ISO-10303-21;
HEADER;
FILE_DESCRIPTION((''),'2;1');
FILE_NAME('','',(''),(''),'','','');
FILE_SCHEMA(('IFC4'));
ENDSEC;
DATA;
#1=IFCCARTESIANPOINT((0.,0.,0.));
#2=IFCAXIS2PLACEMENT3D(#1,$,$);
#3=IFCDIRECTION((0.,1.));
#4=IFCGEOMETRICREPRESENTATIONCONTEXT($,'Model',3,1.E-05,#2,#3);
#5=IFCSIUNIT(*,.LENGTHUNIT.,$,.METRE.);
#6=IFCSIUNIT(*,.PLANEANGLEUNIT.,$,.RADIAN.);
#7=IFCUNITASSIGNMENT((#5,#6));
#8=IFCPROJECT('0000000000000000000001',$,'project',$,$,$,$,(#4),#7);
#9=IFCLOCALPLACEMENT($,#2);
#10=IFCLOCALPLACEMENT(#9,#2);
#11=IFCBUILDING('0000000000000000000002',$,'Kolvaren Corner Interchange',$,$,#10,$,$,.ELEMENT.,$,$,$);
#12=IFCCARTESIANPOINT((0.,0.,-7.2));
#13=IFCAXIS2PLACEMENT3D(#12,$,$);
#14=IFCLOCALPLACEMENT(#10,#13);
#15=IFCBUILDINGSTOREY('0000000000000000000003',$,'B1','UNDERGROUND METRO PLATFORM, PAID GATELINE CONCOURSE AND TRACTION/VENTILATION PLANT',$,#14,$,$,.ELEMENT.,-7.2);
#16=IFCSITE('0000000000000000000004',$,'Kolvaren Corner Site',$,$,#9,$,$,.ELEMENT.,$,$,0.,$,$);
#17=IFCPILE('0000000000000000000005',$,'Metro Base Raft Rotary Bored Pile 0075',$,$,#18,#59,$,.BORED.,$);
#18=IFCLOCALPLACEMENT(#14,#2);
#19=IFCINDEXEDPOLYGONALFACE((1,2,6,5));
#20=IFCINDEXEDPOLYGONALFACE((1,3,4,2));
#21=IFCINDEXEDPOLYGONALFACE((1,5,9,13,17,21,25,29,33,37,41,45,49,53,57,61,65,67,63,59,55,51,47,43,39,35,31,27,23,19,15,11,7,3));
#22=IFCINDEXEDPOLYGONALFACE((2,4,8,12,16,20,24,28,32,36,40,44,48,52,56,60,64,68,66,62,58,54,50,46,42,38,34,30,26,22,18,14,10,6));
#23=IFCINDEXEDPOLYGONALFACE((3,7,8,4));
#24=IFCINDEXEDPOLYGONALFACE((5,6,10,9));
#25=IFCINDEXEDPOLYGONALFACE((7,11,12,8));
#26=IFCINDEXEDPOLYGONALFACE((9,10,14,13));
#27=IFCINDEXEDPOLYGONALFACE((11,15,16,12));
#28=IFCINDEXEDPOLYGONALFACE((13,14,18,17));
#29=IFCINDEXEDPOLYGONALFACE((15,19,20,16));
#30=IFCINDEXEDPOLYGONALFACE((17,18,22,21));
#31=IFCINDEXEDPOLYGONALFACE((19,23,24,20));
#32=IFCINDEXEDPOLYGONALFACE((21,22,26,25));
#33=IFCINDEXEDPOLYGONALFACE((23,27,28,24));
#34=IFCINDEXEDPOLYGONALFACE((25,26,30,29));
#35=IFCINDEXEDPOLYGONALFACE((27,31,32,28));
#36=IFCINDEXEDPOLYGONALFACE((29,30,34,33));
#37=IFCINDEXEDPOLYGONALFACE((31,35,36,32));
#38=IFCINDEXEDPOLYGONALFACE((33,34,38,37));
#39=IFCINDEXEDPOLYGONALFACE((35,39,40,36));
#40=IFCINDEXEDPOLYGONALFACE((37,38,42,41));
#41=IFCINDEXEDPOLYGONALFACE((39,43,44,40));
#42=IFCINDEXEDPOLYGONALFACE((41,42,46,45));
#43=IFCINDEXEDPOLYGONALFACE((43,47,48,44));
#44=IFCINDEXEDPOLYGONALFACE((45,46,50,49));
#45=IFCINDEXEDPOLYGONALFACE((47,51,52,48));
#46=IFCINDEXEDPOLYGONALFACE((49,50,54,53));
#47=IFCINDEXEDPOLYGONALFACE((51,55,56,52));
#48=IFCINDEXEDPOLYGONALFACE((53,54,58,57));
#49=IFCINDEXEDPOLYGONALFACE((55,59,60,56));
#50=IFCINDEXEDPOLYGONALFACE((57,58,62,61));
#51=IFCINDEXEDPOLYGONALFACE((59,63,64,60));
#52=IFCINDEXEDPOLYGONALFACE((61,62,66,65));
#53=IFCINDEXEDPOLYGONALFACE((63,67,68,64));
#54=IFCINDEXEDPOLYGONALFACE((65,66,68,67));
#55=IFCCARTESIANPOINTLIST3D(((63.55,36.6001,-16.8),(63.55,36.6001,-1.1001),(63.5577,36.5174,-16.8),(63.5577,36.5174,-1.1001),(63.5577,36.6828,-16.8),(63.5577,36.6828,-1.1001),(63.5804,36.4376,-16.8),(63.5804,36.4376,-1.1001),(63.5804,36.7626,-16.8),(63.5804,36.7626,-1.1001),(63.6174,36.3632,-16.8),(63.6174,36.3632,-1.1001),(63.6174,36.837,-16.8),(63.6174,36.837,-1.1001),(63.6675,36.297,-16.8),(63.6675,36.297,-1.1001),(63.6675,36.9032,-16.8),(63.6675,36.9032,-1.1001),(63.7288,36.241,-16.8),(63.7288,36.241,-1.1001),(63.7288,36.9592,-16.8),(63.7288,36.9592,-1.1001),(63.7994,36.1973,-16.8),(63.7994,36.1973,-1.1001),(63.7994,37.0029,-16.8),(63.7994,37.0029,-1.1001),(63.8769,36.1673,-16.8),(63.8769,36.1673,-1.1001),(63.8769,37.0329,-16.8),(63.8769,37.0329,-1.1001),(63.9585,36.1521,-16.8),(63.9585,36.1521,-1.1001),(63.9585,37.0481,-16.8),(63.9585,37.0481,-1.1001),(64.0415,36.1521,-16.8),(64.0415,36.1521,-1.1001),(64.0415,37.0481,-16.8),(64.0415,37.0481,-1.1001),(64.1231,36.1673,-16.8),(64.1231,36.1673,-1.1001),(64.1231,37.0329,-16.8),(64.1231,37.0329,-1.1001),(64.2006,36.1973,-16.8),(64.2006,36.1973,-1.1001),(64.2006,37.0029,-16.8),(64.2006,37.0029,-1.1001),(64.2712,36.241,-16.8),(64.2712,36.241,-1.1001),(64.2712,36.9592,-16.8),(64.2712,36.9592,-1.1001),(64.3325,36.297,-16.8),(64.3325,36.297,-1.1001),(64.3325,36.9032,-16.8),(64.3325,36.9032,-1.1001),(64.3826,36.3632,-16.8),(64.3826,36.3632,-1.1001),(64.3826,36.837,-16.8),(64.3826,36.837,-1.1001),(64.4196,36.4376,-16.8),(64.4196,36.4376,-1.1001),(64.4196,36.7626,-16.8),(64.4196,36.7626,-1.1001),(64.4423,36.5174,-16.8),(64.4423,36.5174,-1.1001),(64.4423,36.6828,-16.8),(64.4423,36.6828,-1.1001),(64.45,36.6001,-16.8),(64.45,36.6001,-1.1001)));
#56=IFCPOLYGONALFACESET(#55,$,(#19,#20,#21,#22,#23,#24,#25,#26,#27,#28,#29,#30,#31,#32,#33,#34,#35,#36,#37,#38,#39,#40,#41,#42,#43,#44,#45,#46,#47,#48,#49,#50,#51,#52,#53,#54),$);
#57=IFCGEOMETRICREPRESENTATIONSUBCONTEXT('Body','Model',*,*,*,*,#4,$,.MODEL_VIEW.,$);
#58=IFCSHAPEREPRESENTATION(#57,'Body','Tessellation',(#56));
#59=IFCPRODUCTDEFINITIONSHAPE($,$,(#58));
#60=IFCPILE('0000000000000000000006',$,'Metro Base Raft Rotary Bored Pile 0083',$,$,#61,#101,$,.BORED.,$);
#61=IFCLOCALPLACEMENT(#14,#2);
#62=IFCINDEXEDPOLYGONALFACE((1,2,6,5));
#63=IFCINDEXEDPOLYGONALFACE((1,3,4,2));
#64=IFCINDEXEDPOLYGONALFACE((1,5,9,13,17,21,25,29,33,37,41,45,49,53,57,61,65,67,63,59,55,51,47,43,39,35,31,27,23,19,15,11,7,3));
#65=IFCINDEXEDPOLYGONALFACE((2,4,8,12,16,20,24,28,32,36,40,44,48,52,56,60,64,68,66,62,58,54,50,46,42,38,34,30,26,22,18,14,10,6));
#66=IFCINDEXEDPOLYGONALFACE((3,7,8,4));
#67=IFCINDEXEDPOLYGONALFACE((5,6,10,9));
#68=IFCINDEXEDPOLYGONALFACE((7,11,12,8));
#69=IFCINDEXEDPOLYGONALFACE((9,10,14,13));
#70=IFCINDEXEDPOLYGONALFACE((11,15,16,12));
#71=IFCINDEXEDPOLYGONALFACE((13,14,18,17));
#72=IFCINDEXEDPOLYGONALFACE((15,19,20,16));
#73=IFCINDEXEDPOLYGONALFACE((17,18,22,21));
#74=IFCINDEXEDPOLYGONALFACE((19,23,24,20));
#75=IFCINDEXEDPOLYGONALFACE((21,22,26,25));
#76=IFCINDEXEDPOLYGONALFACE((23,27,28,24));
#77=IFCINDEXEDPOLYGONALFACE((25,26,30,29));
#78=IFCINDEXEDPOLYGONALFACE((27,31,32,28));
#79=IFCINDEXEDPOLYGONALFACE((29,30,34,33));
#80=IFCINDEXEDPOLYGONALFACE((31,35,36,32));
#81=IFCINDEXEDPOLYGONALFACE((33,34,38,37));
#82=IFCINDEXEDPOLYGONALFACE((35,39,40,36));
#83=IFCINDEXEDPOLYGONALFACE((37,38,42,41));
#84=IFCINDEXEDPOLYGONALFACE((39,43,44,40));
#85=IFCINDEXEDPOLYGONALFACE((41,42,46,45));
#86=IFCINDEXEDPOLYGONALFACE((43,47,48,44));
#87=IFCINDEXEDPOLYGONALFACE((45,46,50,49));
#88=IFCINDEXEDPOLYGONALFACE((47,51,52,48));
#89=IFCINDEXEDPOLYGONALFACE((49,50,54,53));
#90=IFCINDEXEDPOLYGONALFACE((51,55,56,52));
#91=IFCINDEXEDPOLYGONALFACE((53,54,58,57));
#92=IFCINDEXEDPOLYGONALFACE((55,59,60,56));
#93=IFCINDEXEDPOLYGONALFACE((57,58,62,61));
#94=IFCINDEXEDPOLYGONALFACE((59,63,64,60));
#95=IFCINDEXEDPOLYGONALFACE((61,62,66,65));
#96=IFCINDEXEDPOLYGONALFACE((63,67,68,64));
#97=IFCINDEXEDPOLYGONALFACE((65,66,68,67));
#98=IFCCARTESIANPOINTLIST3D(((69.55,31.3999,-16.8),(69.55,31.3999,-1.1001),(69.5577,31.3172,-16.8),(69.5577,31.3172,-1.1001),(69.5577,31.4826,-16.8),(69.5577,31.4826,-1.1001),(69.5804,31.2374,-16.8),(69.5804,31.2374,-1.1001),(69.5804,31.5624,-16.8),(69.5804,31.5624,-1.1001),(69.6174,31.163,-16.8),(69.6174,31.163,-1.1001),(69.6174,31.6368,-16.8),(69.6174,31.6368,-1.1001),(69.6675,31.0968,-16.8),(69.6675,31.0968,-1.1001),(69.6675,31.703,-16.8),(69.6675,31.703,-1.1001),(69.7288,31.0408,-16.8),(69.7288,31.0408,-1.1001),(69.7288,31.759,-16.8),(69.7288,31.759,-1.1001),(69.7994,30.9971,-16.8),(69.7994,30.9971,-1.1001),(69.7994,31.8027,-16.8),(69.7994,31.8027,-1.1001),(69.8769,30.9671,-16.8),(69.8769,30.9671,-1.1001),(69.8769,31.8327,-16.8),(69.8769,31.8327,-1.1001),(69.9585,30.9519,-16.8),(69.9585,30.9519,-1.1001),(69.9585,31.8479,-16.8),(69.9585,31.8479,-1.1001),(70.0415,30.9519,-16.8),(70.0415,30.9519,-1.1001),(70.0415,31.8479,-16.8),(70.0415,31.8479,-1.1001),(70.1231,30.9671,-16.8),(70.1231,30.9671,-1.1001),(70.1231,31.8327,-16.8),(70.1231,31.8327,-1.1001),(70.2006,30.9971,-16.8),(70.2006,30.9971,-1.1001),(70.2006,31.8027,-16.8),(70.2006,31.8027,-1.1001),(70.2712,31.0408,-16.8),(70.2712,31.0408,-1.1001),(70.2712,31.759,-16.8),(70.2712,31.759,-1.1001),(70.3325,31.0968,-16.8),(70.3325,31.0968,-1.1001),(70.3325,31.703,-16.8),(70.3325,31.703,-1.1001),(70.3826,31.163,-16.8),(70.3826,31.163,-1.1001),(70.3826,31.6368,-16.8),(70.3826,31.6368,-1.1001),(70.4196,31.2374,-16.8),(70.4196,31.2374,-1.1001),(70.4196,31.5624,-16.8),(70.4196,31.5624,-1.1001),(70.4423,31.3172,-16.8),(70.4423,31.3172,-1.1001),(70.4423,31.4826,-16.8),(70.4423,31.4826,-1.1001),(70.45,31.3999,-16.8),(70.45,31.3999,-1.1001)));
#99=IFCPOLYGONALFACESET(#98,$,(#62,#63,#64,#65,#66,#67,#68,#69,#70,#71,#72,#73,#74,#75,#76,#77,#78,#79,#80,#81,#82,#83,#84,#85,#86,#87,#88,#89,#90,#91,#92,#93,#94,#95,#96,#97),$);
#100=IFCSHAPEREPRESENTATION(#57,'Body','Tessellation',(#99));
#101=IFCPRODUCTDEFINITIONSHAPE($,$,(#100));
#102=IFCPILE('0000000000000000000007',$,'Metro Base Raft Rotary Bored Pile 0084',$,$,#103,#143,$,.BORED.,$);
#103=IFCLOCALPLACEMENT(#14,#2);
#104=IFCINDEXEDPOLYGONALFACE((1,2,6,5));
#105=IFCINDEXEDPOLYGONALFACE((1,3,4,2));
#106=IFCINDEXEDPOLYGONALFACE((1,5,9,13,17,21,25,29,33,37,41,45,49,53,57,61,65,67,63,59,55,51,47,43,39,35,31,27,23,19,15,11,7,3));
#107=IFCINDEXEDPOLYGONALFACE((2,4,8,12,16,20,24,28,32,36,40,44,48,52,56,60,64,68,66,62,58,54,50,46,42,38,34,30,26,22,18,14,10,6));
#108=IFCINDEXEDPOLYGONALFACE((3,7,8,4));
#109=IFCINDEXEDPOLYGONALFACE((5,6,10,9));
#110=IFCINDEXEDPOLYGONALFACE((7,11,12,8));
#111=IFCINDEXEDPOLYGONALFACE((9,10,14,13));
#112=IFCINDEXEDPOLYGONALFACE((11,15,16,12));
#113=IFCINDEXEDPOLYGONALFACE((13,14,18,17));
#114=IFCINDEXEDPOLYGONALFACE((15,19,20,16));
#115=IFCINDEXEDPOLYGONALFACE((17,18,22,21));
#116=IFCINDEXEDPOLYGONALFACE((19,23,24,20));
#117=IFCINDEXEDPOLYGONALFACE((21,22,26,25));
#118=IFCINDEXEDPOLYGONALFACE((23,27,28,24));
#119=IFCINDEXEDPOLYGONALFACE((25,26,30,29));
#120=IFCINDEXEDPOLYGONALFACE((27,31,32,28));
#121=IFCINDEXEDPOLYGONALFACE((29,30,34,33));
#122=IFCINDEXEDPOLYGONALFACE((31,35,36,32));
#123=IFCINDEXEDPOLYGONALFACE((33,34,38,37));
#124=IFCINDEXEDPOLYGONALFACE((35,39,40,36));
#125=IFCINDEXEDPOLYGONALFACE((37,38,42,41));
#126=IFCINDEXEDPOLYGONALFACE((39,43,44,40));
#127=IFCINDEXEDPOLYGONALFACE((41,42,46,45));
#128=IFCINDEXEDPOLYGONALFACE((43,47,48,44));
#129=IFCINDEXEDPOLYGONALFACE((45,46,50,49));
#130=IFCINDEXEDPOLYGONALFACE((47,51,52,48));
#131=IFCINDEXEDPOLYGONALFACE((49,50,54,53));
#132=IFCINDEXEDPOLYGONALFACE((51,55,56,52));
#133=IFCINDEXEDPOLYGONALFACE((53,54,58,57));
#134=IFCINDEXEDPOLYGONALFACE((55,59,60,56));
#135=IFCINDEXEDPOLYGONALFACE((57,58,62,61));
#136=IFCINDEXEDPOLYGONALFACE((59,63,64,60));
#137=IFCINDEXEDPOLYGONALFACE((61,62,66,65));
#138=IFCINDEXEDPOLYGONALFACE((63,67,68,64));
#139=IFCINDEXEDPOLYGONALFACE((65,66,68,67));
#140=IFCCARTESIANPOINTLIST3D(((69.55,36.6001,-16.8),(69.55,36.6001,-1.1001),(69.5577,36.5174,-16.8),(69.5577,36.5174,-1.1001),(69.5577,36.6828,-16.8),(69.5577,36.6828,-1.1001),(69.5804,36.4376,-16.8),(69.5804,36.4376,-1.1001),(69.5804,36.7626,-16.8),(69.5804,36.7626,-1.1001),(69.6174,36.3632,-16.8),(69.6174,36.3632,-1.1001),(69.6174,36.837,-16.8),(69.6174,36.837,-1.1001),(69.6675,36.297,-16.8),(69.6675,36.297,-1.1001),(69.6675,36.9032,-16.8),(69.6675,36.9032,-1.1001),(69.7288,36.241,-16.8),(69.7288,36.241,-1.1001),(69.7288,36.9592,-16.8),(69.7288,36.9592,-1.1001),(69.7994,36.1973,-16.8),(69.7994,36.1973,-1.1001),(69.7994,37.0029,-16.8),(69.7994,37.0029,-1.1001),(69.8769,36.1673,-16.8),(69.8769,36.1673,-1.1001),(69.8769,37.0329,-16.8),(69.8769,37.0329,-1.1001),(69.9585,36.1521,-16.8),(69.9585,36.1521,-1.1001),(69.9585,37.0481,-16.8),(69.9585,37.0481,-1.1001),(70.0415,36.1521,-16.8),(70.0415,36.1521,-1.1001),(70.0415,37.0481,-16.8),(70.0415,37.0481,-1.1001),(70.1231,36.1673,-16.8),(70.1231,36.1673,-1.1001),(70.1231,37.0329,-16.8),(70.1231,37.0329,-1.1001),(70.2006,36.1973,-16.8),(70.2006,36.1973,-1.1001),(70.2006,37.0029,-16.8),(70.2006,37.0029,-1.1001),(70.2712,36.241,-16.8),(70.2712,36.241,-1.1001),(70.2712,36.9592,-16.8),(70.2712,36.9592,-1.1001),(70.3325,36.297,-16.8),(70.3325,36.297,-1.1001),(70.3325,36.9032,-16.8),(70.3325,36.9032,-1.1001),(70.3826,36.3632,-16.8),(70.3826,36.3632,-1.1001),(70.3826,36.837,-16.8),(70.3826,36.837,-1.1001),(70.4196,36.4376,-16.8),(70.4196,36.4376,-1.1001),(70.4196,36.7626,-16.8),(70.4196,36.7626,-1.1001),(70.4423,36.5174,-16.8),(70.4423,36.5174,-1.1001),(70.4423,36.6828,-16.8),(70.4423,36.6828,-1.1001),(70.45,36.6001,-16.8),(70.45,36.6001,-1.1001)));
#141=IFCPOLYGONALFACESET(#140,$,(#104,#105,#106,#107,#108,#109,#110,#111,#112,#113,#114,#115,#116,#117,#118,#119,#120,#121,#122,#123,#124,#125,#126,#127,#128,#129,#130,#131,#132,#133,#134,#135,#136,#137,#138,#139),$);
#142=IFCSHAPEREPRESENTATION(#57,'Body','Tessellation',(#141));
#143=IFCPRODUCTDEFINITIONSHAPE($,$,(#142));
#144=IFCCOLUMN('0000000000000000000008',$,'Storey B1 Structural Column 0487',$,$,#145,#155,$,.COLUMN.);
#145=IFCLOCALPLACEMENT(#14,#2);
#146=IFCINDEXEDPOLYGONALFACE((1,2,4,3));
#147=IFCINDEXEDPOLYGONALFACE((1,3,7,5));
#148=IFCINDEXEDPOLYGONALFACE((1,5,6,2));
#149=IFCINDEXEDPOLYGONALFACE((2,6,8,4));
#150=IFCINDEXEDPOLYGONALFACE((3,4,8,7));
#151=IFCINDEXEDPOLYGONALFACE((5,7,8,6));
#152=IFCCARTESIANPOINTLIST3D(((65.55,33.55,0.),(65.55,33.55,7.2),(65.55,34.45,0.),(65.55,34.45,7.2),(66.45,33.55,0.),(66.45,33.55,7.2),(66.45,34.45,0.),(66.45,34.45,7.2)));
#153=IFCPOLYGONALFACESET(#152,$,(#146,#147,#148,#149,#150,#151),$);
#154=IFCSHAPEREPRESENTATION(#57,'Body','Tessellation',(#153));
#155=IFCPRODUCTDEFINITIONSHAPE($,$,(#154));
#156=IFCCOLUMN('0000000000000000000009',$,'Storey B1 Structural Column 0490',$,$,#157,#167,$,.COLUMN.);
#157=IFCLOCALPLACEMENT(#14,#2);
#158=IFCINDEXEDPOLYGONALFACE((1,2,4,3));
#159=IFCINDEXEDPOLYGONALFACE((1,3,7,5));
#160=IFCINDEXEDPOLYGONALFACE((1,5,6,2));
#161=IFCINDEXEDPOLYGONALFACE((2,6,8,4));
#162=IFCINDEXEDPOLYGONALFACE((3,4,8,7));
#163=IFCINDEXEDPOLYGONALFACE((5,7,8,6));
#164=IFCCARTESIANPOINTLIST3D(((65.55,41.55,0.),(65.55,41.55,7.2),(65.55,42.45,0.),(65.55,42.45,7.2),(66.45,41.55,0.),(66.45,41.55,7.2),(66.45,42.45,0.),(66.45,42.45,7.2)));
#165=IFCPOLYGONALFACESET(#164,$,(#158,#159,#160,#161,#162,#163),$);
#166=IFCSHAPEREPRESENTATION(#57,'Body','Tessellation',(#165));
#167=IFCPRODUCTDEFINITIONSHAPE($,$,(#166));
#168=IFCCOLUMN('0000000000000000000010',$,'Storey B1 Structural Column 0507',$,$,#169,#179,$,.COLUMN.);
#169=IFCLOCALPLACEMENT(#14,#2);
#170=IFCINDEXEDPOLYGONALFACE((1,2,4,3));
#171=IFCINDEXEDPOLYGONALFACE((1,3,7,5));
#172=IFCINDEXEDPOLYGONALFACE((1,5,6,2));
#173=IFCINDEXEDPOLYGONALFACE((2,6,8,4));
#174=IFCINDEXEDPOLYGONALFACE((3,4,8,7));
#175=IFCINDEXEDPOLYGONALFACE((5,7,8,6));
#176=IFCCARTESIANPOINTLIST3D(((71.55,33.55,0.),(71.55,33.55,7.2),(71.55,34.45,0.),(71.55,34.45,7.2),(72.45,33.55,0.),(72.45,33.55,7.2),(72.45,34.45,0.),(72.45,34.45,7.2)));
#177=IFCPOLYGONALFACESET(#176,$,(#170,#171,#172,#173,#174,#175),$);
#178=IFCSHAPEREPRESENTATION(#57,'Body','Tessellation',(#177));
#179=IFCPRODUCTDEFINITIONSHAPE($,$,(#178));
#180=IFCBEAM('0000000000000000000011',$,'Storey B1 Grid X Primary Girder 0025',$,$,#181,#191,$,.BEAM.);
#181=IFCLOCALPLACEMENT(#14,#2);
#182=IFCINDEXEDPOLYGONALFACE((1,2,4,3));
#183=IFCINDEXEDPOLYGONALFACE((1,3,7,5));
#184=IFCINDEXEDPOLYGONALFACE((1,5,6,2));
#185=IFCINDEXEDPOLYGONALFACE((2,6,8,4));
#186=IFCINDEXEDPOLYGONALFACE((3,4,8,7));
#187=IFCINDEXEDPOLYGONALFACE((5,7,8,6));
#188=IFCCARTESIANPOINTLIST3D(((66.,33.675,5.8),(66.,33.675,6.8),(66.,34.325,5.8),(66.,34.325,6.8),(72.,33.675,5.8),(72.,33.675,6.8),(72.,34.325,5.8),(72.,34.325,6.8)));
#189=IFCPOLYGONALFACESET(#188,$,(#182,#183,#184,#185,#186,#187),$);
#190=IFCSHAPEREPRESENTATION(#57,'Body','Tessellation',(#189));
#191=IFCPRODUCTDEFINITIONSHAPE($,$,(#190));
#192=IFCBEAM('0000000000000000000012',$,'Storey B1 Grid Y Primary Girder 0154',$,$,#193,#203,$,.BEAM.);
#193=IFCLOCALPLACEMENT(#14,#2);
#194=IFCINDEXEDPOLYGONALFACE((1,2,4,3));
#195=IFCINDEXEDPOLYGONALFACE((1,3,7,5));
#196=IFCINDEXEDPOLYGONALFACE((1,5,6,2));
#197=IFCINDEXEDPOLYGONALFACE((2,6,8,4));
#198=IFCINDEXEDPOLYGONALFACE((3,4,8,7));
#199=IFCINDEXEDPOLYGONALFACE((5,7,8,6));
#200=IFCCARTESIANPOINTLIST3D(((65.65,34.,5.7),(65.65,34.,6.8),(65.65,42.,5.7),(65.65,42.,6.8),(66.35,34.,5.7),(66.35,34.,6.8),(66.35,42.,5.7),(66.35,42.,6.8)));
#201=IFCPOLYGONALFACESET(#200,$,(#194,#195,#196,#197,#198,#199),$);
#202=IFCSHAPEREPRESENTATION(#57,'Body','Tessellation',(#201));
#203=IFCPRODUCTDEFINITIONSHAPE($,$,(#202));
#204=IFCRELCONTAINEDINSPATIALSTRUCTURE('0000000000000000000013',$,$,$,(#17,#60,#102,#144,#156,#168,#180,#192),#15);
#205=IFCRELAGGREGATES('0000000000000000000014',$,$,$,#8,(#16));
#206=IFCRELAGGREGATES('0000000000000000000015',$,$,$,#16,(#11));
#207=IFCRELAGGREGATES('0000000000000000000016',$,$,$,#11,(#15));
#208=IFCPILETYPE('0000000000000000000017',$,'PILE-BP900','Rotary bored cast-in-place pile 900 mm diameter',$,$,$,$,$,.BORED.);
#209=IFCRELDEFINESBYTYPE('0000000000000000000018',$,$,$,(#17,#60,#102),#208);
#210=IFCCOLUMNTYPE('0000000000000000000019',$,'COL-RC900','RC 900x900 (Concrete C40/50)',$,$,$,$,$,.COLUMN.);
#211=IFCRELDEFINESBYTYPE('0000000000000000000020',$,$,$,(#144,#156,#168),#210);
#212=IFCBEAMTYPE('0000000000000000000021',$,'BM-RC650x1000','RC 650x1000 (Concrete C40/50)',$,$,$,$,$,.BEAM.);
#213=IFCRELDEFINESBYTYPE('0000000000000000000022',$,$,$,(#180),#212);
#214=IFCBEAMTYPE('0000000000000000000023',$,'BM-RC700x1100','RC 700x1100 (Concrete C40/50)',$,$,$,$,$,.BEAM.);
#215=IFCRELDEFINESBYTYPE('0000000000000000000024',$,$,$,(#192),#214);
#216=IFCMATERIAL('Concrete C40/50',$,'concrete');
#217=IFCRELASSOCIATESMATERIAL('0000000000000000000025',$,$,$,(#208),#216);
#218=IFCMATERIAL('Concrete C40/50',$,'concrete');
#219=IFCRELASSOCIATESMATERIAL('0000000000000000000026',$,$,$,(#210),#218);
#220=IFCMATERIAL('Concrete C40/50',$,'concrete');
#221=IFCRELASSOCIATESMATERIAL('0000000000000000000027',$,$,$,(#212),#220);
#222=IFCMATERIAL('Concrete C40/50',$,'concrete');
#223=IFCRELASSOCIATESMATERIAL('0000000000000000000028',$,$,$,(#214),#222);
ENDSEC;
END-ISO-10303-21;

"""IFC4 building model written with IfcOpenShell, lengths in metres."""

from ifc_helpers import new_model, si_unit, direction, frame, origin, origin_2d, place, context, subcontext, project, spatial, rectangle, circle, extrude, material, material_profile, profile_set, type_object, element, save


model = new_model("IFC4")

# Units and contexts
model_context = context("Model", 3, precision=1e-05, world=origin(), true_north=direction((0.0, 1.0)))
body_context = subcontext(model_context, "Body", "Model", "MODEL_VIEW")
ifc_project = project(units=[si_unit("LENGTHUNIT", "METRE"), si_unit("PLANEANGLEUNIT", "RADIAN")], contexts=[model_context])

# Site, building, storey
site_placement = place(None, origin())
site = spatial("IfcSite", under=ifc_project, at=site_placement, Name="Kolvaren Corner Site", CompositionType="ELEMENT", RefElevation=0.0)
building_placement = place(site_placement, origin())
building = spatial("IfcBuilding", under=site, at=building_placement, Name="Kolvaren Corner Interchange", CompositionType="ELEMENT")
storey_placement = place(building_placement, frame((0.0, 0.0, -7.2)))
storey = spatial("IfcBuildingStorey", under=building, at=storey_placement, Name="B1", Description="UNDERGROUND METRO PLATFORM, PAID GATELINE CONCOURSE AND TRACTION/VENTILATION PLANT", CompositionType="ELEMENT", Elevation=-7.2)

# Piles
ifc_material_1 = material(Name="Concrete C40/50", Category="concrete")
ifc_material_profile_1 = material_profile(ifc_material_1, circle(Radius=0.45, at=origin_2d()), Name="BORED PILE 900")
ifc_profile_set_1 = profile_set([ifc_material_profile_1], Name="Concrete C40/50")
pile_type_1 = type_object("IfcPileType", Name="PILE-BP900", Description="Rotary bored cast-in-place pile 900 mm diameter", PredefinedType="BORED", material=ifc_profile_set_1)
for number, where, z_axis, x_axis, name in (
    (1, (64.0, 36.6001, -1.1001), (0.0, 0.0, -1.0), (1.0, 0.0, 0.0), "Metro Base Raft Rotary Bored Pile 0075"),
    (2, (70.0, 31.3999, -1.1001), (0.0, 0.0, -1.0), (1.0, 0.0, 0.0), "Metro Base Raft Rotary Bored Pile 0083"),
    (3, (70.0, 36.6001, -1.1001), (0.0, 0.0, -1.0), (1.0, 0.0, 0.0), "Metro Base Raft Rotary Bored Pile 0084"),
):
    element("IfcPile", number, at=place(storey_placement, frame(where, z_axis=z_axis, x_axis=x_axis)), inside=storey, type_object=pile_type_1, Name=name, PredefinedType="BORED", context=body_context, shape_type="SweptSolid", body=[
        extrude(circle(Radius=0.45, at=origin_2d()), origin(), (0.0, 0.0, 1.0), 15.7),
    ])

# Columns
ifc_material_2 = material(Name="Concrete C40/50", Category="concrete")
ifc_material_profile_2 = material_profile(ifc_material_2, rectangle(XDim=0.8999, YDim=0.8999, at=origin_2d()), Name="RC 900x900")
ifc_profile_set_2 = profile_set([ifc_material_profile_2], Name="Concrete C40/50")
column_type = type_object("IfcColumnType", Name="COL-RC900", Description="RC 900x900 (Concrete C40/50)", PredefinedType="COLUMN", material=ifc_profile_set_2)
for number, where, z_axis, x_axis, name in (
    (4, (66.0, 34.0, 0.0), (0.0, 0.0, 1.0), (1.0, 0.0, 0.0), "Storey B1 Structural Column 0487"),
    (5, (66.0, 42.0, 0.0), (0.0, 0.0, 1.0), (1.0, 0.0, 0.0), "Storey B1 Structural Column 0490"),
    (6, (72.0, 34.0, 0.0), (0.0, 0.0, 1.0), (1.0, 0.0, 0.0), "Storey B1 Structural Column 0507"),
):
    element("IfcColumn", number, at=place(storey_placement, frame(where, z_axis=z_axis, x_axis=x_axis)), inside=storey, type_object=column_type, Name=name, PredefinedType="COLUMN", context=body_context, shape_type="SweptSolid", body=[
        extrude(rectangle(XDim=0.8999, YDim=0.8999, at=origin_2d()), origin(), (0.0, 0.0, 1.0), 7.2),
    ])

# Beams
ifc_material_3 = material(Name="Concrete C40/50", Category="concrete")
ifc_material_profile_3 = material_profile(ifc_material_3, rectangle(XDim=0.6499, YDim=1.0, at=origin_2d()), Name="RC 650x1000")
ifc_profile_set_3 = profile_set([ifc_material_profile_3], Name="Concrete C40/50")
beam_type_1 = type_object("IfcBeamType", Name="BM-RC650x1000", Description="RC 650x1000 (Concrete C40/50)", PredefinedType="BEAM", material=ifc_profile_set_3)
beam_1_placement = place(storey_placement, frame((66.0, 34.0, 6.3), z_axis=(1.0, 0.0, 0.0), x_axis=(0.0, 1.0, 0.0)))
element("IfcBeam", 7, at=beam_1_placement, inside=storey, type_object=beam_type_1, Name="Storey B1 Grid X Primary Girder 0025", PredefinedType="BEAM", context=body_context, shape_type="SweptSolid", body=[
    extrude(rectangle(XDim=0.6499, YDim=1.0, at=origin_2d()), origin(), (0.0, 0.0, 1.0), 6.0),
])
ifc_material_4 = material(Name="Concrete C40/50", Category="concrete")
ifc_material_profile_4 = material_profile(ifc_material_4, rectangle(XDim=0.7, YDim=1.1001, at=origin_2d()), Name="RC 700x1100")
ifc_profile_set_4 = profile_set([ifc_material_profile_4], Name="Concrete C40/50")
beam_type_2 = type_object("IfcBeamType", Name="BM-RC700x1100", Description="RC 700x1100 (Concrete C40/50)", PredefinedType="BEAM", material=ifc_profile_set_4)
beam_2_placement = place(storey_placement, frame((66.0, 34.0, 6.25), z_axis=(0.0, 1.0, 0.0), x_axis=(-1.0, 0.0, 0.0)))
element("IfcBeam", 8, at=beam_2_placement, inside=storey, type_object=beam_type_2, Name="Storey B1 Grid Y Primary Girder 0154", PredefinedType="BEAM", context=body_context, shape_type="SweptSolid", body=[
    extrude(rectangle(XDim=0.7, YDim=1.1001, at=origin_2d()), origin(), (0.0, 0.0, 1.0), 8.0),
])

save(model, "model.ifc")
